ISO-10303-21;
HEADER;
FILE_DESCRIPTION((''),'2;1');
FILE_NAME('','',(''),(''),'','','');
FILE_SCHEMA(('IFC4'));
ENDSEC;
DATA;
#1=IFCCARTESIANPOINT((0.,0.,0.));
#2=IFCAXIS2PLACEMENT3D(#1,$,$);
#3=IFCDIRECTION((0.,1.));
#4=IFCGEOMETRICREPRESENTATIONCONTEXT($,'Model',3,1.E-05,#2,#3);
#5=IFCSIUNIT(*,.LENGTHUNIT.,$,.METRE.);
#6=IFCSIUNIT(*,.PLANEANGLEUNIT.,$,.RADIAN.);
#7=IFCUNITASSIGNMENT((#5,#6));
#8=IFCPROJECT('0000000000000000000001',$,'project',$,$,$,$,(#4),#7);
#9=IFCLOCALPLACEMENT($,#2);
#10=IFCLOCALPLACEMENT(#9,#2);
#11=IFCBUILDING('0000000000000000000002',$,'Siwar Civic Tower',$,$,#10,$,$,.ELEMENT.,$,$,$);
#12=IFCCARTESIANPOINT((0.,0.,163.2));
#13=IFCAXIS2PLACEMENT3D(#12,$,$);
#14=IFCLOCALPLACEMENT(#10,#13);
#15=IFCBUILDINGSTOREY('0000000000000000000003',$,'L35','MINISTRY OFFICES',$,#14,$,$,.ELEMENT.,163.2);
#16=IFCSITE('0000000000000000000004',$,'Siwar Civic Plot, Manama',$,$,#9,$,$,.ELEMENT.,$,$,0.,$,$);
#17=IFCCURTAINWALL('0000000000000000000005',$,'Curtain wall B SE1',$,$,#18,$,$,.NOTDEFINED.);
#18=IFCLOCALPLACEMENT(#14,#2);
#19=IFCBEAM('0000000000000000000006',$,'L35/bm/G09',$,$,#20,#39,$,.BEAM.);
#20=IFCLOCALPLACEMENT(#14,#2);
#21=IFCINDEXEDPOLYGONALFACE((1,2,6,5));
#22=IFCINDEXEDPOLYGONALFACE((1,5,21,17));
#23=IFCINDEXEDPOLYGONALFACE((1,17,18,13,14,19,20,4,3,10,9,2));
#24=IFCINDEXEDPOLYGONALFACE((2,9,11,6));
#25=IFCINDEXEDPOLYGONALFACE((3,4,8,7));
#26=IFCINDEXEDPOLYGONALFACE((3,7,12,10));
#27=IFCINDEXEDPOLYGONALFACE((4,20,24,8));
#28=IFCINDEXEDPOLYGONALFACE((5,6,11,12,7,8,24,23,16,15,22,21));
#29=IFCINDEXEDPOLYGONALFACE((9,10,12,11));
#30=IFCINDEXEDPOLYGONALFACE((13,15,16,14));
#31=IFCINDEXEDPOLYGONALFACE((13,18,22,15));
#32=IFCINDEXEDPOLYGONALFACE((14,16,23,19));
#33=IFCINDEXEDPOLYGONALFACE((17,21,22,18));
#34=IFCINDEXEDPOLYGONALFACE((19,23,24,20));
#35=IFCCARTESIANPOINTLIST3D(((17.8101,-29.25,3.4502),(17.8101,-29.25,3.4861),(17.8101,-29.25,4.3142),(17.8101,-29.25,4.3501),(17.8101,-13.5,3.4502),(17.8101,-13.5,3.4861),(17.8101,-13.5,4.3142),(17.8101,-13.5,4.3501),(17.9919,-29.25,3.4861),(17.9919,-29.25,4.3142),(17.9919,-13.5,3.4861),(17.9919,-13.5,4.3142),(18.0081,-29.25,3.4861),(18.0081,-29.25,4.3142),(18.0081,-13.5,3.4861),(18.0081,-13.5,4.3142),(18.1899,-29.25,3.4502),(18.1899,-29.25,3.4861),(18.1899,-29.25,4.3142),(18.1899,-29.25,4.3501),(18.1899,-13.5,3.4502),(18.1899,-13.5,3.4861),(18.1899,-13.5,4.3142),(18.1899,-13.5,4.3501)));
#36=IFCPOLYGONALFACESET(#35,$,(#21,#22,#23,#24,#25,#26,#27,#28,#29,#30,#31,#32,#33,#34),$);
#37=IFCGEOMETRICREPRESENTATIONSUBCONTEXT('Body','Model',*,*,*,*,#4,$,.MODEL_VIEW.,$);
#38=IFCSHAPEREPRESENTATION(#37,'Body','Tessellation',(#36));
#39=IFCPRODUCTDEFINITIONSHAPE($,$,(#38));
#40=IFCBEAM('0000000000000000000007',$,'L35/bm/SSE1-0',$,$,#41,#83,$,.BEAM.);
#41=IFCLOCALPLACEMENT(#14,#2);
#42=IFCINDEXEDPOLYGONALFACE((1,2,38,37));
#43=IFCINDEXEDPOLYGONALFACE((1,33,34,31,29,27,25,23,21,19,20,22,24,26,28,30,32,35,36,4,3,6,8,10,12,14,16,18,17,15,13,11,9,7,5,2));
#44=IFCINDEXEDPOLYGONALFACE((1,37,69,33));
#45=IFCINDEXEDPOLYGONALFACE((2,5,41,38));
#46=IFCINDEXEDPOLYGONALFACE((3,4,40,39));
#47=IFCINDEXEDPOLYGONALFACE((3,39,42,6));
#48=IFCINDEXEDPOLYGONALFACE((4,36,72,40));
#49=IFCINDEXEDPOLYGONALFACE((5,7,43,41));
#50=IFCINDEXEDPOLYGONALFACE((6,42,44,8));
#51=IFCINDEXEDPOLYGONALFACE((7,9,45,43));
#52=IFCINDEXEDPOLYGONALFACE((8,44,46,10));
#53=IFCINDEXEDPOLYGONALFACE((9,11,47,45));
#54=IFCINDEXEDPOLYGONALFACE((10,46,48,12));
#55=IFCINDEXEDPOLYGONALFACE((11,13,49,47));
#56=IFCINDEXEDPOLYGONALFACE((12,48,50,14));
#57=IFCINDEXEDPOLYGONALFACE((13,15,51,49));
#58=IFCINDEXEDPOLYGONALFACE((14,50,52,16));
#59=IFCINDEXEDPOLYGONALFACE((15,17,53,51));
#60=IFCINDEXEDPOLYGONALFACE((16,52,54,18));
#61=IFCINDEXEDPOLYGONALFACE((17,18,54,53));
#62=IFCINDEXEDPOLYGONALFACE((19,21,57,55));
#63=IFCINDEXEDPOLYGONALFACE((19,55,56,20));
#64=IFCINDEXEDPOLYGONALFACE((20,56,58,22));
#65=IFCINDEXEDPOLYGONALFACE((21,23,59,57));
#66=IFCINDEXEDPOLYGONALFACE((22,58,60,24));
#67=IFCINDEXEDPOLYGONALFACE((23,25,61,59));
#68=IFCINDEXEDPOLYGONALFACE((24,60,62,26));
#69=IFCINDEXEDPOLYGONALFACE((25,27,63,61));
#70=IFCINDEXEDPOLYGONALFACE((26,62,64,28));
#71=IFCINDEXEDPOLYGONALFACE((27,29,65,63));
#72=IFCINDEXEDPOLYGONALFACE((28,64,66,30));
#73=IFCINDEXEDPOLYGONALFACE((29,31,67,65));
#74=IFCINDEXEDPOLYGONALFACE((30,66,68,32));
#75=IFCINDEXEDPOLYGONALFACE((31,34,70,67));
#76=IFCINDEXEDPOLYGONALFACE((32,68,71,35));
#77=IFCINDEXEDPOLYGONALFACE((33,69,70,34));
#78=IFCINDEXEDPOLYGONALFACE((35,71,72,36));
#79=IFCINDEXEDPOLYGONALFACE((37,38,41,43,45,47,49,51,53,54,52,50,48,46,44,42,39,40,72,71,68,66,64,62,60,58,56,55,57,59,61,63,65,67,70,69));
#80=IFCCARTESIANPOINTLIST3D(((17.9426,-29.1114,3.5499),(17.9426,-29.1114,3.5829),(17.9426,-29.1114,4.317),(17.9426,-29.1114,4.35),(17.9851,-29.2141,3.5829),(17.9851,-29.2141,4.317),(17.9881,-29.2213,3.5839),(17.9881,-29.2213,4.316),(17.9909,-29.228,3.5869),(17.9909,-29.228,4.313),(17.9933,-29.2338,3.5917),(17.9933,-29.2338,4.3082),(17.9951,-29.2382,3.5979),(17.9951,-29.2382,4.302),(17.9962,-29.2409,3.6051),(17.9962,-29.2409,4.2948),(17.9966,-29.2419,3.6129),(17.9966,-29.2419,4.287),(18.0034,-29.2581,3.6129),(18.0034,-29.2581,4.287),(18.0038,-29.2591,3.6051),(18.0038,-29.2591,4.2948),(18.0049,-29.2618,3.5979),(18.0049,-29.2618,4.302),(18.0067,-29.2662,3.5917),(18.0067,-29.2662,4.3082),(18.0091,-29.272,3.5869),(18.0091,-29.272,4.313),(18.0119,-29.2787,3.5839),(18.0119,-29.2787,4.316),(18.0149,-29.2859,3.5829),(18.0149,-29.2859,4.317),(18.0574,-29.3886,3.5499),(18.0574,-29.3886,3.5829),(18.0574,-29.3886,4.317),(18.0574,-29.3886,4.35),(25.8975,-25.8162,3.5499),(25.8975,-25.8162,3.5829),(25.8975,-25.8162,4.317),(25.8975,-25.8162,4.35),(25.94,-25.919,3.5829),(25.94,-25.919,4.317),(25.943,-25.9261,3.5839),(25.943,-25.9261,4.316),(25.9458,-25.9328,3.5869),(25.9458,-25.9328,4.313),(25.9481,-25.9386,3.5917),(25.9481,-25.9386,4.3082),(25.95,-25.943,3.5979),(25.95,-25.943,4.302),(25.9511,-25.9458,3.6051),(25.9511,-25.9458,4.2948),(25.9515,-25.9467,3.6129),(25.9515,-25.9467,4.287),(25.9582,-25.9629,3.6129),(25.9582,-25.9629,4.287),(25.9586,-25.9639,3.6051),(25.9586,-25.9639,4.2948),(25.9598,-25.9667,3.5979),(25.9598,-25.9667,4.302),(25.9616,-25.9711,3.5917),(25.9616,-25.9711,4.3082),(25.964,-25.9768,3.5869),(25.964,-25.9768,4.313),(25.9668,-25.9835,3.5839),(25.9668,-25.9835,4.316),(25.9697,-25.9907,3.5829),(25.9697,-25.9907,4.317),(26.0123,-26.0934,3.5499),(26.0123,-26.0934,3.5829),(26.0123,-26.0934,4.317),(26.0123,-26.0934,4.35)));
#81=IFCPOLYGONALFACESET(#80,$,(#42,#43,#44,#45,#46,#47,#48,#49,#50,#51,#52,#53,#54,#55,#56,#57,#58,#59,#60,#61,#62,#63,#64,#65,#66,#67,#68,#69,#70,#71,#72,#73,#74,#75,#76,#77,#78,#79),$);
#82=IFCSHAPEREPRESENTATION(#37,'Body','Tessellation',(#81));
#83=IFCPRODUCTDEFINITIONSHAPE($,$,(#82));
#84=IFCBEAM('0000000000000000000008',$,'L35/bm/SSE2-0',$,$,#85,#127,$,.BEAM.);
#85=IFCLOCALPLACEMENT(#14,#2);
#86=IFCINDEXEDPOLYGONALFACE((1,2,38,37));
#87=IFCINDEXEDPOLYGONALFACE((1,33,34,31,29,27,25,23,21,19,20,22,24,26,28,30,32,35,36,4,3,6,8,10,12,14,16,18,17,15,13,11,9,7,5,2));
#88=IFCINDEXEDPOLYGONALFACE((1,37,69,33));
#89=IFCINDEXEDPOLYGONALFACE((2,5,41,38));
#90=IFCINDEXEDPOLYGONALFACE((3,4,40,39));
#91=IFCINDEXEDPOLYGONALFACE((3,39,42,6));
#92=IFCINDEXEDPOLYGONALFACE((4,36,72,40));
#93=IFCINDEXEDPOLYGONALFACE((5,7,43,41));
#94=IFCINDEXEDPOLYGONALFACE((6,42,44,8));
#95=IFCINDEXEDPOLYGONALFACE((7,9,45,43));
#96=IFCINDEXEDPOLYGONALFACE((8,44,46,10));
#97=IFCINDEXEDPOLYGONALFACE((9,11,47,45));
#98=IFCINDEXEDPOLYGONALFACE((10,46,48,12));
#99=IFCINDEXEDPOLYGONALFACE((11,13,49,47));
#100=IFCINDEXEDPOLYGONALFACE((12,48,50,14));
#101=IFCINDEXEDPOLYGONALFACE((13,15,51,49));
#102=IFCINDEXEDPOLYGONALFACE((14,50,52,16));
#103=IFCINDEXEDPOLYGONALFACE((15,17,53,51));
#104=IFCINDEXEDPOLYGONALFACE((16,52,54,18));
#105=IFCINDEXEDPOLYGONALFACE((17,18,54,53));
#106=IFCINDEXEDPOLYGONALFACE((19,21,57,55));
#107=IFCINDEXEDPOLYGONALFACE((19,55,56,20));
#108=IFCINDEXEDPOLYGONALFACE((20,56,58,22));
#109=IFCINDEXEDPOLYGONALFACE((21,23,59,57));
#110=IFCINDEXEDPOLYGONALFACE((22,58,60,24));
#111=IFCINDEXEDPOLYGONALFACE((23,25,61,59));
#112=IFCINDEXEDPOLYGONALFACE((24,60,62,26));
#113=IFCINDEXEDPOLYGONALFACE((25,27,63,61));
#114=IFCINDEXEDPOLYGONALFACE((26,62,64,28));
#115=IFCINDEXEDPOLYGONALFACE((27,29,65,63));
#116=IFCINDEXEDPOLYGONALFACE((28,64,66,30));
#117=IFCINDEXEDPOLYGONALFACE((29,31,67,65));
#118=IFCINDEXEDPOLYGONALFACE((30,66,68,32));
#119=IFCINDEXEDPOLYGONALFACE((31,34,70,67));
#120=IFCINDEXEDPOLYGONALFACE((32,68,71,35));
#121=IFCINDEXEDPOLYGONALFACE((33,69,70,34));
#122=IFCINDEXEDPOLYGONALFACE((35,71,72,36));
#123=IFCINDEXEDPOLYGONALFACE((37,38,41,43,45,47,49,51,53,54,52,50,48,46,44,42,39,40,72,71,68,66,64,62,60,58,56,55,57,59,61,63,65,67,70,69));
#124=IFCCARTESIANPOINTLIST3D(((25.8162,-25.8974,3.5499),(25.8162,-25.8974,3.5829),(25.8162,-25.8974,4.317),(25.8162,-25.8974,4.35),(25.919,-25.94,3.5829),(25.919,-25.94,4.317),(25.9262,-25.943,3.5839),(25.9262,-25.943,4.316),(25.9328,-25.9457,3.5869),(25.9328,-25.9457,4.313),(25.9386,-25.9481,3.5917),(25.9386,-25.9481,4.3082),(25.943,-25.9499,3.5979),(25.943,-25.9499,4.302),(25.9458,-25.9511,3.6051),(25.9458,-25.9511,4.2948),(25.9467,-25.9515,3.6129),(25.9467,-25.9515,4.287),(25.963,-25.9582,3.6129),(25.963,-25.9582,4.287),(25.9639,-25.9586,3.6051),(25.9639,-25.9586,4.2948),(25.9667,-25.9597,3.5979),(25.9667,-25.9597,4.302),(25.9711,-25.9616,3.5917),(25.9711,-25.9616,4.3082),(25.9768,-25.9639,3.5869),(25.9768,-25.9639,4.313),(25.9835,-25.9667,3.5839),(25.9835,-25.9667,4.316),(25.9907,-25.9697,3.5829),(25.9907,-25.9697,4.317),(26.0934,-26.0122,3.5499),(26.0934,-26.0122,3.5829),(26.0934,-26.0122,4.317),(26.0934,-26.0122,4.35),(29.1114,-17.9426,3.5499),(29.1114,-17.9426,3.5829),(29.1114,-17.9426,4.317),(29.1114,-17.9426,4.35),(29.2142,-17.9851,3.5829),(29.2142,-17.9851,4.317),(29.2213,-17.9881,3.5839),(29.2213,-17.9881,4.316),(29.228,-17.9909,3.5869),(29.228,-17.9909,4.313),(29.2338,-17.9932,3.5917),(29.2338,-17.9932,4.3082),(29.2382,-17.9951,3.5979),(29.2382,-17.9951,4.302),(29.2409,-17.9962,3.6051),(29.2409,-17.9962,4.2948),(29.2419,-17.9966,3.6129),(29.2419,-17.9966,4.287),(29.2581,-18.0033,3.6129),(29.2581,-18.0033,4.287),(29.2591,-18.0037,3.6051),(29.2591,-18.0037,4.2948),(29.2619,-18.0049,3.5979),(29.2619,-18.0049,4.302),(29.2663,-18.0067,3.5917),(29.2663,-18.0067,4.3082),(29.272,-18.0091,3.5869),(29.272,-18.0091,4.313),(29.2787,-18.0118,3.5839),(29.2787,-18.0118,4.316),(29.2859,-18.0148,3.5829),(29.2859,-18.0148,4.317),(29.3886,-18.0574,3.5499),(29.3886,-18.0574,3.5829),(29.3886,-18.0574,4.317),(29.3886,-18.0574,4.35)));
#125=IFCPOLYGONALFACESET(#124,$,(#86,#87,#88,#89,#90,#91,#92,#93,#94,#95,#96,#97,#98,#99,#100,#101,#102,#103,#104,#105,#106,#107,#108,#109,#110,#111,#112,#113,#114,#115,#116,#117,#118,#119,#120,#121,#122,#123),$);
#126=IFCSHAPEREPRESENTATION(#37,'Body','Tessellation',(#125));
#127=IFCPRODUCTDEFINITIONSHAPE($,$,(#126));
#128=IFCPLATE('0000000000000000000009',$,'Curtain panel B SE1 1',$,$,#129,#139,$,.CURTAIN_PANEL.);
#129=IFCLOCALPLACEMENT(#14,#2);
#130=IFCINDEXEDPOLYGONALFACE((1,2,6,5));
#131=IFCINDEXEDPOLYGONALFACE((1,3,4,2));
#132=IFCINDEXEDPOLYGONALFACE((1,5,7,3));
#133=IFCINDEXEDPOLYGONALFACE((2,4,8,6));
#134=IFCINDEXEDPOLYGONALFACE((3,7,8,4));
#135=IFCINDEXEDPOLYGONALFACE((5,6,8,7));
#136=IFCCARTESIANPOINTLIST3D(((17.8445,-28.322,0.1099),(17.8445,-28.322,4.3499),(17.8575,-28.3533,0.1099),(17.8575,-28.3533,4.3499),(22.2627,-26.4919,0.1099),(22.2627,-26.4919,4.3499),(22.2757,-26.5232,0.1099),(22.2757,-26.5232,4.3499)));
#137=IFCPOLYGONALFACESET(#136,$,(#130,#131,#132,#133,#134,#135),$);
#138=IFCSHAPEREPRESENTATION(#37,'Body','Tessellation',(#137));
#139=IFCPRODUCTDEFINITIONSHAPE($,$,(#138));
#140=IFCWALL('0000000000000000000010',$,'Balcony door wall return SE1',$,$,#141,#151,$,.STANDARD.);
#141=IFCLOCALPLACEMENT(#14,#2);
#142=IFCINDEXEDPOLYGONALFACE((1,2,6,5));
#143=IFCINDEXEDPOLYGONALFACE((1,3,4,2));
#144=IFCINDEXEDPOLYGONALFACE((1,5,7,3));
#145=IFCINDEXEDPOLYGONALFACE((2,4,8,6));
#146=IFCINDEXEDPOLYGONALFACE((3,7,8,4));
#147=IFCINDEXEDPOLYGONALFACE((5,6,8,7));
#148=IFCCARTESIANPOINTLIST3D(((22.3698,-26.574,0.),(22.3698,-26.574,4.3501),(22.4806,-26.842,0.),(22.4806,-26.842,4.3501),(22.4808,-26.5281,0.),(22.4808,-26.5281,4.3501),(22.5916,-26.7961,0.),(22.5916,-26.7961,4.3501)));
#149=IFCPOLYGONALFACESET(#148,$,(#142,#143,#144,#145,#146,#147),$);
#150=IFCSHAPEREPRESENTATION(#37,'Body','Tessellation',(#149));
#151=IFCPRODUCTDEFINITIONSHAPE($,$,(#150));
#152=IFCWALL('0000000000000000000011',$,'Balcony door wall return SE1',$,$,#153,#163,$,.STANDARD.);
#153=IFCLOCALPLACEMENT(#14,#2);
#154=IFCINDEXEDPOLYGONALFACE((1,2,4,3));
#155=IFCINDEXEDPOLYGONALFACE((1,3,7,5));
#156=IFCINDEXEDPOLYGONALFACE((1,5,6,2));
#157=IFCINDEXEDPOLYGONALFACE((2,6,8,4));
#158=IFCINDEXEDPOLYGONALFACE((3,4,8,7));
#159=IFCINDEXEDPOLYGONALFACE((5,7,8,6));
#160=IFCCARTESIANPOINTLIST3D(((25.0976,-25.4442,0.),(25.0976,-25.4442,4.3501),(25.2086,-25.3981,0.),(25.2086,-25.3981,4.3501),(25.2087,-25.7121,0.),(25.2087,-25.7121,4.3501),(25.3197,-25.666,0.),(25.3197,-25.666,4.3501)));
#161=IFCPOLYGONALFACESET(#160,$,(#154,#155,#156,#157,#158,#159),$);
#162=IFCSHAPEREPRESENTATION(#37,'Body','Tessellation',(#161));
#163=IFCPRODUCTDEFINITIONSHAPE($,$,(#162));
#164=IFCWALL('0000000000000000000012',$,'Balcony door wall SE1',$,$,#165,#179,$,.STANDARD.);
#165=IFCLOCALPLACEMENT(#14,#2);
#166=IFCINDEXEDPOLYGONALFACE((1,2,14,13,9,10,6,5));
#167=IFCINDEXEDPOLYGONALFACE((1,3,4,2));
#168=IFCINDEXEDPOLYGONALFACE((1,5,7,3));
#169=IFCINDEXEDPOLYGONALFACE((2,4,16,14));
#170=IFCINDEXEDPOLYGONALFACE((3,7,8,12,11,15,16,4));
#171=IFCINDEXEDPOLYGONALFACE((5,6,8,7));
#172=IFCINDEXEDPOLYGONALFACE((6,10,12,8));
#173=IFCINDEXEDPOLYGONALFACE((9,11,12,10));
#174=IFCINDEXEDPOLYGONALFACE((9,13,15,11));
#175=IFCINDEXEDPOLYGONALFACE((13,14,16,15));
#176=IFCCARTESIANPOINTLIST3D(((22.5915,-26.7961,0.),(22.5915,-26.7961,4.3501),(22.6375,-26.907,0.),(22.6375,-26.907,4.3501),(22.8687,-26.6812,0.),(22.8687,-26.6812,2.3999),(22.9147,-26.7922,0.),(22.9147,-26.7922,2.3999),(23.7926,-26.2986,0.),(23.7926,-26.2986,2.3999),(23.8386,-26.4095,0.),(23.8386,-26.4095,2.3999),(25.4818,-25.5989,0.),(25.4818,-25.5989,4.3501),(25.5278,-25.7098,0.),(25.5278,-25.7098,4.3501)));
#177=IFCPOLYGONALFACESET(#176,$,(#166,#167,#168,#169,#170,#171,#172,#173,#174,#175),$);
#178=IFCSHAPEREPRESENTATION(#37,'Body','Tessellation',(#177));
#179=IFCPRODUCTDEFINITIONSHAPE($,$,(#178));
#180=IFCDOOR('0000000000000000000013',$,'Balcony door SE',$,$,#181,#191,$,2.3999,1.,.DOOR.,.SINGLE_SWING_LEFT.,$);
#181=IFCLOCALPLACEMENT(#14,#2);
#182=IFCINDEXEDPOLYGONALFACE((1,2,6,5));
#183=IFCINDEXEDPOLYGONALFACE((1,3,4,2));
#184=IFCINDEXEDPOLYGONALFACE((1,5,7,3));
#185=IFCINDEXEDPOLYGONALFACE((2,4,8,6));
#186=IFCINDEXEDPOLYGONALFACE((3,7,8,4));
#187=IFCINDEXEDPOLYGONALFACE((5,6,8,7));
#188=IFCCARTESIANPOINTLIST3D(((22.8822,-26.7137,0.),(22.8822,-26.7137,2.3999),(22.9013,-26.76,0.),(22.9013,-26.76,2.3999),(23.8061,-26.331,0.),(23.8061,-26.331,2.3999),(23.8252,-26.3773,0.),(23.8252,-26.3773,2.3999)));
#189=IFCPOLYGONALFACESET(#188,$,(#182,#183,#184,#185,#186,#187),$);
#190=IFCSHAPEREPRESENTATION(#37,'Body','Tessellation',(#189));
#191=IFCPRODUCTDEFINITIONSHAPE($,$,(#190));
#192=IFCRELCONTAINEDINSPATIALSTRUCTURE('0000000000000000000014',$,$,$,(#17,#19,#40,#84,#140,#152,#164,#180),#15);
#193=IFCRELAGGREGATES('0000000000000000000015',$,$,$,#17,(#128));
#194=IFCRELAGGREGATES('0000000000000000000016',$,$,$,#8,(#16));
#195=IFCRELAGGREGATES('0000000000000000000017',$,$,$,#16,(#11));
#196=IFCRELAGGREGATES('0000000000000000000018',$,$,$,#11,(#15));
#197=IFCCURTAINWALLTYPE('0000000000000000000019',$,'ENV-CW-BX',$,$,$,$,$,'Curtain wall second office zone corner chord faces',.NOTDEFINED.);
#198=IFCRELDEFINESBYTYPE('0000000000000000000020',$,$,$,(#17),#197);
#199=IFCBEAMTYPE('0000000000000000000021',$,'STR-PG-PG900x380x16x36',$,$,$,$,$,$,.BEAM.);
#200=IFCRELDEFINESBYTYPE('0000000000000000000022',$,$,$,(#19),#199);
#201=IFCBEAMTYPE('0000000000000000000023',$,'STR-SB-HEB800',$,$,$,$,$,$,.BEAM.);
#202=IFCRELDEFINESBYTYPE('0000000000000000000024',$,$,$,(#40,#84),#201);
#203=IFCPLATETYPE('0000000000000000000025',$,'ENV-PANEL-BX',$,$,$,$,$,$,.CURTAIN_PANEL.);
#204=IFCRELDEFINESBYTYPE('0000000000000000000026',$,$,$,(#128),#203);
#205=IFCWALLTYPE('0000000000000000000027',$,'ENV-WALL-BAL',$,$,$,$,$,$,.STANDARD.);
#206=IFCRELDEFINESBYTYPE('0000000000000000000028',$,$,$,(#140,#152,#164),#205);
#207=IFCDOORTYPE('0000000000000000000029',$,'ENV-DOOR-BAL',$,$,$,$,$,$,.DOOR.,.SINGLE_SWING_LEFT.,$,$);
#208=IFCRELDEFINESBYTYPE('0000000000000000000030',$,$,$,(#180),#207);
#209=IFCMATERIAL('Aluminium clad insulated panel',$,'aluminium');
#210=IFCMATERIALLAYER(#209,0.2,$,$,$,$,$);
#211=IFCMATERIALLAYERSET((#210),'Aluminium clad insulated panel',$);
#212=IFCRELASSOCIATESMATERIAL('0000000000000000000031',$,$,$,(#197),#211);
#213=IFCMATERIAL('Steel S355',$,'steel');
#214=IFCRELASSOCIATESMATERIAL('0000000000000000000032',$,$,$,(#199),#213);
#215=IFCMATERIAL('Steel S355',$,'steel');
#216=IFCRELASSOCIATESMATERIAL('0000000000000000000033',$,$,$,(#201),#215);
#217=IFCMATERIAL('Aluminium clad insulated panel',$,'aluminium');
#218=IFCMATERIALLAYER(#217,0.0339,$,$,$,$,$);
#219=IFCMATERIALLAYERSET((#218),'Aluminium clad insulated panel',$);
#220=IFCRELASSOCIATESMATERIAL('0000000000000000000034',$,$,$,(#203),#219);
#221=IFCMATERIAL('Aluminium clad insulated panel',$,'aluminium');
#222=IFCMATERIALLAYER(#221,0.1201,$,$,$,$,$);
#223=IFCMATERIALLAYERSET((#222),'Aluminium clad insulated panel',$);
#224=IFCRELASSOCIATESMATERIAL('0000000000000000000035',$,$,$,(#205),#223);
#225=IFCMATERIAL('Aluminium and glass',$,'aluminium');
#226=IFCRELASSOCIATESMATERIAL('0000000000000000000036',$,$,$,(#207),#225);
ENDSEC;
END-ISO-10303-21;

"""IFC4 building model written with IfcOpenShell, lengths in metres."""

from ifc_helpers import new_model, si_unit, direction, frame, frame_2d, origin, origin_2d, place, context, subcontext, project, spatial, rectangle, i_section, extrude, material, layer, layer_set, material_profile, profile_set, type_object, element, fill, aggregate, save


model = new_model("IFC4")

# Units and contexts
model_context = context("Model", 3, precision=1e-05, world=origin(), true_north=direction((0.0, 1.0)))
body_context = subcontext(model_context, "Body", "Model", "MODEL_VIEW")
ifc_project = project(units=[si_unit("LENGTHUNIT", "METRE"), si_unit("PLANEANGLEUNIT", "RADIAN")], contexts=[model_context])

# Site, building, storey
site_placement = place(None, origin())
site = spatial("IfcSite", under=ifc_project, at=site_placement, Name="Siwar Civic Plot, Manama", CompositionType="ELEMENT", RefElevation=0.0)
building_placement = place(site_placement, origin())
building = spatial("IfcBuilding", under=site, at=building_placement, Name="Siwar Civic Tower", CompositionType="ELEMENT")
storey_placement = place(building_placement, frame((0.0, 0.0, 163.2)))
storey = spatial("IfcBuildingStorey", under=building, at=storey_placement, Name="L35", Description="MINISTRY OFFICES", CompositionType="ELEMENT", Elevation=163.2)

# Curtain wall
ifc_material_1 = material(Name="Aluminium clad insulated panel", Category="aluminium")
ifc_layer_1 = layer(ifc_material_1, 0.2)
ifc_layer_set_1 = layer_set([ifc_layer_1], Name="Aluminium clad insulated panel")
curtain_wall_type = type_object("IfcCurtainWallType", Name="ENV-CW-BX", ElementType="Curtain wall second office zone corner chord faces", PredefinedType="NOTDEFINED", material=ifc_layer_set_1)
curtain_wall_1_placement = place(storey_placement, origin())
curtain_wall_1 = element("IfcCurtainWall", 1, at=curtain_wall_1_placement, inside=storey, type_object=curtain_wall_type, Name="Curtain wall B SE1", PredefinedType="NOTDEFINED")

# Beams
ifc_material_2 = material(Name="Steel S355", Category="steel")
ifc_material_profile_1 = material_profile(ifc_material_2, i_section(OverallWidth=0.3799, OverallDepth=0.8999, WebThickness=0.0161, FlangeThickness=0.0359, at=origin_2d()), Name="PG900x380x16x36")
ifc_profile_set_1 = profile_set([ifc_material_profile_1], Name="Steel S355")
beam_type_1 = type_object("IfcBeamType", Name="STR-PG-PG900x380x16x36", PredefinedType="BEAM", material=ifc_profile_set_1)
beam_1_placement = place(storey_placement, frame((18.0, -29.25, 3.9001), z_axis=(0.0, 1.0, 0.0), x_axis=(-1.0, 0.0, 0.0)))
element("IfcBeam", 2, at=beam_1_placement, inside=storey, type_object=beam_type_1, Name="L35/bm/G09", PredefinedType="BEAM", context=body_context, shape_type="SweptSolid", body=[
    extrude(i_section(OverallWidth=0.3799, OverallDepth=0.8999, WebThickness=0.0161, FlangeThickness=0.0359, at=origin_2d()), origin(), (0.0, 0.0, 1.0), 15.75),
])
ifc_material_3 = material(Name="Steel S355", Category="steel")
ifc_material_profile_2 = material_profile(ifc_material_3, i_section(OverallWidth=0.3, OverallDepth=0.8, WebThickness=0.0176, FlangeThickness=0.033, FilletRadius=0.03, at=origin_2d()), Name="HEB800")
ifc_profile_set_2 = profile_set([ifc_material_profile_2], Name="Steel S355")
beam_type_2 = type_object("IfcBeamType", Name="STR-SB-HEB800", PredefinedType="BEAM", material=ifc_profile_set_2)
for number, where, z_axis, x_axis, name in (
    (3, (18.0, -29.25, 3.95), (0.923873, 0.3827, 0.0), (-0.3827, 0.923873, 0.0), "L35/bm/SSE1-0"),
    (4, (25.9548, -25.9548, 3.95), (0.3827, 0.923873, 0.0), (-0.923873, 0.3827, 0.0), "L35/bm/SSE2-0"),
):
    element("IfcBeam", number, at=place(storey_placement, frame(where, z_axis=z_axis, x_axis=x_axis)), inside=storey, type_object=beam_type_2, Name=name, PredefinedType="BEAM", context=body_context, shape_type="SweptSolid", body=[
        extrude(i_section(OverallWidth=0.3, OverallDepth=0.8, WebThickness=0.0176, FlangeThickness=0.033, FilletRadius=0.03, at=origin_2d()), origin(), (0.0, 0.0, 1.0), 8.6104),
    ])

# Plate
ifc_material_4 = material(Name="Aluminium clad insulated panel", Category="aluminium")
ifc_layer_2 = layer(ifc_material_4, 0.0339)
ifc_layer_set_2 = layer_set([ifc_layer_2], Name="Aluminium clad insulated panel")
plate_type = type_object("IfcPlateType", Name="ENV-PANEL-BX", PredefinedType="CURTAIN_PANEL", material=ifc_layer_set_2)
plate_placement = place(storey_placement, frame((20.0601, -27.4226, 0.1099), z_axis=(0.0, 0.0, 1.0), x_axis=(0.92388, 0.382683, 0.0)))
plate = element("IfcPlate", 5, at=plate_placement, type_object=plate_type, Name="Curtain panel B SE1 1", PredefinedType="CURTAIN_PANEL", context=body_context, shape_type="SweptSolid", body=[
    extrude(rectangle(XDim=4.7822, YDim=0.0339, at=origin_2d()), origin(), (0.0, 0.0, 1.0), 4.24),
])
aggregate(curtain_wall_1, [plate])

# Walls
ifc_material_5 = material(Name="Aluminium clad insulated panel", Category="aluminium")
ifc_layer_3 = layer(ifc_material_5, 0.1201)
ifc_layer_set_3 = layer_set([ifc_layer_3], Name="Aluminium clad insulated panel")
wall_type_1 = type_object("IfcWallType", Name="ENV-WALL-BAL", PredefinedType="STANDARD", material=ifc_layer_set_3)
for number, where, z_axis, x_axis, name in (
    (6, (22.4253, -26.551, 0.0), (0.0, 0.0, 1.0), (0.382104, -0.924119, 0.0), "Balcony door wall return SE1"),
    (7, (25.1531, -25.4211, 0.0), (0.0, 0.0, 1.0), (0.38312, -0.923699, 0.0), "Balcony door wall return SE1"),
):
    element("IfcWall", number, at=place(storey_placement, frame(where, z_axis=z_axis, x_axis=x_axis)), inside=storey, type_object=wall_type_1, Name=name, PredefinedType="STANDARD", context=body_context, shape_type="SweptSolid", body=[
        extrude(rectangle(XDim=0.29, YDim=0.1201, at=frame_2d((0.145, 0.0))), origin(), (0.0, 0.0, 1.0), 4.3501),
    ])

# Wall, opening, door
wall_1_placement = place(storey_placement, frame((22.6145, -26.8516, 0.0), z_axis=(0.0, 0.0, 1.0), x_axis=(0.923876, 0.382692, 0.0)))
wall_1 = element("IfcWall", 8, at=wall_1_placement, inside=storey, type_object=wall_type_1, Name="Balcony door wall SE1", PredefinedType="STANDARD", context=body_context, shape_type="SweptSolid", body=[
    extrude(rectangle(XDim=3.1284, YDim=0.1201, at=frame_2d((1.5642, 0.0))), origin(), (0.0, 0.0, 1.0), 4.3501),
])
opening_placement = place(wall_1_placement, frame((0.3, 0.0, 0.0)))
opening = element("IfcOpeningElement", 9, at=opening_placement, cuts=wall_1, PredefinedType="OPENING", context=body_context, shape_type="SweptSolid", body=[
    extrude(rectangle(XDim=1.0, YDim=2.3999, at=frame_2d((0.5, 1.2))), frame((0.0, 0.0701, 0.0), z_axis=(0.0, -1.0, 0.0), x_axis=(1.0, 0.0, 0.0)), (0.0, 0.0, 1.0), 0.1401),
])
ifc_material_6 = material(Name="Aluminium and glass", Category="aluminium")
door_type = type_object("IfcDoorType", Name="ENV-DOOR-BAL", OperationType="SINGLE_SWING_LEFT", PredefinedType="DOOR", material=ifc_material_6)
door_placement = place(opening_placement, origin())
door = element("IfcDoor", 10, at=door_placement, inside=storey, type_object=door_type, Name="Balcony door SE", OperationType="SINGLE_SWING_LEFT", OverallHeight=2.3999, OverallWidth=1.0, PredefinedType="DOOR", context=body_context, shape_type="SweptSolid", body=[
    extrude(rectangle(XDim=1.0, YDim=2.3999, at=frame_2d((0.5, 1.2))), frame((0.0, 0.0249, 0.0), z_axis=(0.0, -1.0, 0.0), x_axis=(1.0, 0.0, 0.0)), (0.0, 0.0, 1.0), 0.05),
])
fill(opening, door)

save(model, "model.ifc")
